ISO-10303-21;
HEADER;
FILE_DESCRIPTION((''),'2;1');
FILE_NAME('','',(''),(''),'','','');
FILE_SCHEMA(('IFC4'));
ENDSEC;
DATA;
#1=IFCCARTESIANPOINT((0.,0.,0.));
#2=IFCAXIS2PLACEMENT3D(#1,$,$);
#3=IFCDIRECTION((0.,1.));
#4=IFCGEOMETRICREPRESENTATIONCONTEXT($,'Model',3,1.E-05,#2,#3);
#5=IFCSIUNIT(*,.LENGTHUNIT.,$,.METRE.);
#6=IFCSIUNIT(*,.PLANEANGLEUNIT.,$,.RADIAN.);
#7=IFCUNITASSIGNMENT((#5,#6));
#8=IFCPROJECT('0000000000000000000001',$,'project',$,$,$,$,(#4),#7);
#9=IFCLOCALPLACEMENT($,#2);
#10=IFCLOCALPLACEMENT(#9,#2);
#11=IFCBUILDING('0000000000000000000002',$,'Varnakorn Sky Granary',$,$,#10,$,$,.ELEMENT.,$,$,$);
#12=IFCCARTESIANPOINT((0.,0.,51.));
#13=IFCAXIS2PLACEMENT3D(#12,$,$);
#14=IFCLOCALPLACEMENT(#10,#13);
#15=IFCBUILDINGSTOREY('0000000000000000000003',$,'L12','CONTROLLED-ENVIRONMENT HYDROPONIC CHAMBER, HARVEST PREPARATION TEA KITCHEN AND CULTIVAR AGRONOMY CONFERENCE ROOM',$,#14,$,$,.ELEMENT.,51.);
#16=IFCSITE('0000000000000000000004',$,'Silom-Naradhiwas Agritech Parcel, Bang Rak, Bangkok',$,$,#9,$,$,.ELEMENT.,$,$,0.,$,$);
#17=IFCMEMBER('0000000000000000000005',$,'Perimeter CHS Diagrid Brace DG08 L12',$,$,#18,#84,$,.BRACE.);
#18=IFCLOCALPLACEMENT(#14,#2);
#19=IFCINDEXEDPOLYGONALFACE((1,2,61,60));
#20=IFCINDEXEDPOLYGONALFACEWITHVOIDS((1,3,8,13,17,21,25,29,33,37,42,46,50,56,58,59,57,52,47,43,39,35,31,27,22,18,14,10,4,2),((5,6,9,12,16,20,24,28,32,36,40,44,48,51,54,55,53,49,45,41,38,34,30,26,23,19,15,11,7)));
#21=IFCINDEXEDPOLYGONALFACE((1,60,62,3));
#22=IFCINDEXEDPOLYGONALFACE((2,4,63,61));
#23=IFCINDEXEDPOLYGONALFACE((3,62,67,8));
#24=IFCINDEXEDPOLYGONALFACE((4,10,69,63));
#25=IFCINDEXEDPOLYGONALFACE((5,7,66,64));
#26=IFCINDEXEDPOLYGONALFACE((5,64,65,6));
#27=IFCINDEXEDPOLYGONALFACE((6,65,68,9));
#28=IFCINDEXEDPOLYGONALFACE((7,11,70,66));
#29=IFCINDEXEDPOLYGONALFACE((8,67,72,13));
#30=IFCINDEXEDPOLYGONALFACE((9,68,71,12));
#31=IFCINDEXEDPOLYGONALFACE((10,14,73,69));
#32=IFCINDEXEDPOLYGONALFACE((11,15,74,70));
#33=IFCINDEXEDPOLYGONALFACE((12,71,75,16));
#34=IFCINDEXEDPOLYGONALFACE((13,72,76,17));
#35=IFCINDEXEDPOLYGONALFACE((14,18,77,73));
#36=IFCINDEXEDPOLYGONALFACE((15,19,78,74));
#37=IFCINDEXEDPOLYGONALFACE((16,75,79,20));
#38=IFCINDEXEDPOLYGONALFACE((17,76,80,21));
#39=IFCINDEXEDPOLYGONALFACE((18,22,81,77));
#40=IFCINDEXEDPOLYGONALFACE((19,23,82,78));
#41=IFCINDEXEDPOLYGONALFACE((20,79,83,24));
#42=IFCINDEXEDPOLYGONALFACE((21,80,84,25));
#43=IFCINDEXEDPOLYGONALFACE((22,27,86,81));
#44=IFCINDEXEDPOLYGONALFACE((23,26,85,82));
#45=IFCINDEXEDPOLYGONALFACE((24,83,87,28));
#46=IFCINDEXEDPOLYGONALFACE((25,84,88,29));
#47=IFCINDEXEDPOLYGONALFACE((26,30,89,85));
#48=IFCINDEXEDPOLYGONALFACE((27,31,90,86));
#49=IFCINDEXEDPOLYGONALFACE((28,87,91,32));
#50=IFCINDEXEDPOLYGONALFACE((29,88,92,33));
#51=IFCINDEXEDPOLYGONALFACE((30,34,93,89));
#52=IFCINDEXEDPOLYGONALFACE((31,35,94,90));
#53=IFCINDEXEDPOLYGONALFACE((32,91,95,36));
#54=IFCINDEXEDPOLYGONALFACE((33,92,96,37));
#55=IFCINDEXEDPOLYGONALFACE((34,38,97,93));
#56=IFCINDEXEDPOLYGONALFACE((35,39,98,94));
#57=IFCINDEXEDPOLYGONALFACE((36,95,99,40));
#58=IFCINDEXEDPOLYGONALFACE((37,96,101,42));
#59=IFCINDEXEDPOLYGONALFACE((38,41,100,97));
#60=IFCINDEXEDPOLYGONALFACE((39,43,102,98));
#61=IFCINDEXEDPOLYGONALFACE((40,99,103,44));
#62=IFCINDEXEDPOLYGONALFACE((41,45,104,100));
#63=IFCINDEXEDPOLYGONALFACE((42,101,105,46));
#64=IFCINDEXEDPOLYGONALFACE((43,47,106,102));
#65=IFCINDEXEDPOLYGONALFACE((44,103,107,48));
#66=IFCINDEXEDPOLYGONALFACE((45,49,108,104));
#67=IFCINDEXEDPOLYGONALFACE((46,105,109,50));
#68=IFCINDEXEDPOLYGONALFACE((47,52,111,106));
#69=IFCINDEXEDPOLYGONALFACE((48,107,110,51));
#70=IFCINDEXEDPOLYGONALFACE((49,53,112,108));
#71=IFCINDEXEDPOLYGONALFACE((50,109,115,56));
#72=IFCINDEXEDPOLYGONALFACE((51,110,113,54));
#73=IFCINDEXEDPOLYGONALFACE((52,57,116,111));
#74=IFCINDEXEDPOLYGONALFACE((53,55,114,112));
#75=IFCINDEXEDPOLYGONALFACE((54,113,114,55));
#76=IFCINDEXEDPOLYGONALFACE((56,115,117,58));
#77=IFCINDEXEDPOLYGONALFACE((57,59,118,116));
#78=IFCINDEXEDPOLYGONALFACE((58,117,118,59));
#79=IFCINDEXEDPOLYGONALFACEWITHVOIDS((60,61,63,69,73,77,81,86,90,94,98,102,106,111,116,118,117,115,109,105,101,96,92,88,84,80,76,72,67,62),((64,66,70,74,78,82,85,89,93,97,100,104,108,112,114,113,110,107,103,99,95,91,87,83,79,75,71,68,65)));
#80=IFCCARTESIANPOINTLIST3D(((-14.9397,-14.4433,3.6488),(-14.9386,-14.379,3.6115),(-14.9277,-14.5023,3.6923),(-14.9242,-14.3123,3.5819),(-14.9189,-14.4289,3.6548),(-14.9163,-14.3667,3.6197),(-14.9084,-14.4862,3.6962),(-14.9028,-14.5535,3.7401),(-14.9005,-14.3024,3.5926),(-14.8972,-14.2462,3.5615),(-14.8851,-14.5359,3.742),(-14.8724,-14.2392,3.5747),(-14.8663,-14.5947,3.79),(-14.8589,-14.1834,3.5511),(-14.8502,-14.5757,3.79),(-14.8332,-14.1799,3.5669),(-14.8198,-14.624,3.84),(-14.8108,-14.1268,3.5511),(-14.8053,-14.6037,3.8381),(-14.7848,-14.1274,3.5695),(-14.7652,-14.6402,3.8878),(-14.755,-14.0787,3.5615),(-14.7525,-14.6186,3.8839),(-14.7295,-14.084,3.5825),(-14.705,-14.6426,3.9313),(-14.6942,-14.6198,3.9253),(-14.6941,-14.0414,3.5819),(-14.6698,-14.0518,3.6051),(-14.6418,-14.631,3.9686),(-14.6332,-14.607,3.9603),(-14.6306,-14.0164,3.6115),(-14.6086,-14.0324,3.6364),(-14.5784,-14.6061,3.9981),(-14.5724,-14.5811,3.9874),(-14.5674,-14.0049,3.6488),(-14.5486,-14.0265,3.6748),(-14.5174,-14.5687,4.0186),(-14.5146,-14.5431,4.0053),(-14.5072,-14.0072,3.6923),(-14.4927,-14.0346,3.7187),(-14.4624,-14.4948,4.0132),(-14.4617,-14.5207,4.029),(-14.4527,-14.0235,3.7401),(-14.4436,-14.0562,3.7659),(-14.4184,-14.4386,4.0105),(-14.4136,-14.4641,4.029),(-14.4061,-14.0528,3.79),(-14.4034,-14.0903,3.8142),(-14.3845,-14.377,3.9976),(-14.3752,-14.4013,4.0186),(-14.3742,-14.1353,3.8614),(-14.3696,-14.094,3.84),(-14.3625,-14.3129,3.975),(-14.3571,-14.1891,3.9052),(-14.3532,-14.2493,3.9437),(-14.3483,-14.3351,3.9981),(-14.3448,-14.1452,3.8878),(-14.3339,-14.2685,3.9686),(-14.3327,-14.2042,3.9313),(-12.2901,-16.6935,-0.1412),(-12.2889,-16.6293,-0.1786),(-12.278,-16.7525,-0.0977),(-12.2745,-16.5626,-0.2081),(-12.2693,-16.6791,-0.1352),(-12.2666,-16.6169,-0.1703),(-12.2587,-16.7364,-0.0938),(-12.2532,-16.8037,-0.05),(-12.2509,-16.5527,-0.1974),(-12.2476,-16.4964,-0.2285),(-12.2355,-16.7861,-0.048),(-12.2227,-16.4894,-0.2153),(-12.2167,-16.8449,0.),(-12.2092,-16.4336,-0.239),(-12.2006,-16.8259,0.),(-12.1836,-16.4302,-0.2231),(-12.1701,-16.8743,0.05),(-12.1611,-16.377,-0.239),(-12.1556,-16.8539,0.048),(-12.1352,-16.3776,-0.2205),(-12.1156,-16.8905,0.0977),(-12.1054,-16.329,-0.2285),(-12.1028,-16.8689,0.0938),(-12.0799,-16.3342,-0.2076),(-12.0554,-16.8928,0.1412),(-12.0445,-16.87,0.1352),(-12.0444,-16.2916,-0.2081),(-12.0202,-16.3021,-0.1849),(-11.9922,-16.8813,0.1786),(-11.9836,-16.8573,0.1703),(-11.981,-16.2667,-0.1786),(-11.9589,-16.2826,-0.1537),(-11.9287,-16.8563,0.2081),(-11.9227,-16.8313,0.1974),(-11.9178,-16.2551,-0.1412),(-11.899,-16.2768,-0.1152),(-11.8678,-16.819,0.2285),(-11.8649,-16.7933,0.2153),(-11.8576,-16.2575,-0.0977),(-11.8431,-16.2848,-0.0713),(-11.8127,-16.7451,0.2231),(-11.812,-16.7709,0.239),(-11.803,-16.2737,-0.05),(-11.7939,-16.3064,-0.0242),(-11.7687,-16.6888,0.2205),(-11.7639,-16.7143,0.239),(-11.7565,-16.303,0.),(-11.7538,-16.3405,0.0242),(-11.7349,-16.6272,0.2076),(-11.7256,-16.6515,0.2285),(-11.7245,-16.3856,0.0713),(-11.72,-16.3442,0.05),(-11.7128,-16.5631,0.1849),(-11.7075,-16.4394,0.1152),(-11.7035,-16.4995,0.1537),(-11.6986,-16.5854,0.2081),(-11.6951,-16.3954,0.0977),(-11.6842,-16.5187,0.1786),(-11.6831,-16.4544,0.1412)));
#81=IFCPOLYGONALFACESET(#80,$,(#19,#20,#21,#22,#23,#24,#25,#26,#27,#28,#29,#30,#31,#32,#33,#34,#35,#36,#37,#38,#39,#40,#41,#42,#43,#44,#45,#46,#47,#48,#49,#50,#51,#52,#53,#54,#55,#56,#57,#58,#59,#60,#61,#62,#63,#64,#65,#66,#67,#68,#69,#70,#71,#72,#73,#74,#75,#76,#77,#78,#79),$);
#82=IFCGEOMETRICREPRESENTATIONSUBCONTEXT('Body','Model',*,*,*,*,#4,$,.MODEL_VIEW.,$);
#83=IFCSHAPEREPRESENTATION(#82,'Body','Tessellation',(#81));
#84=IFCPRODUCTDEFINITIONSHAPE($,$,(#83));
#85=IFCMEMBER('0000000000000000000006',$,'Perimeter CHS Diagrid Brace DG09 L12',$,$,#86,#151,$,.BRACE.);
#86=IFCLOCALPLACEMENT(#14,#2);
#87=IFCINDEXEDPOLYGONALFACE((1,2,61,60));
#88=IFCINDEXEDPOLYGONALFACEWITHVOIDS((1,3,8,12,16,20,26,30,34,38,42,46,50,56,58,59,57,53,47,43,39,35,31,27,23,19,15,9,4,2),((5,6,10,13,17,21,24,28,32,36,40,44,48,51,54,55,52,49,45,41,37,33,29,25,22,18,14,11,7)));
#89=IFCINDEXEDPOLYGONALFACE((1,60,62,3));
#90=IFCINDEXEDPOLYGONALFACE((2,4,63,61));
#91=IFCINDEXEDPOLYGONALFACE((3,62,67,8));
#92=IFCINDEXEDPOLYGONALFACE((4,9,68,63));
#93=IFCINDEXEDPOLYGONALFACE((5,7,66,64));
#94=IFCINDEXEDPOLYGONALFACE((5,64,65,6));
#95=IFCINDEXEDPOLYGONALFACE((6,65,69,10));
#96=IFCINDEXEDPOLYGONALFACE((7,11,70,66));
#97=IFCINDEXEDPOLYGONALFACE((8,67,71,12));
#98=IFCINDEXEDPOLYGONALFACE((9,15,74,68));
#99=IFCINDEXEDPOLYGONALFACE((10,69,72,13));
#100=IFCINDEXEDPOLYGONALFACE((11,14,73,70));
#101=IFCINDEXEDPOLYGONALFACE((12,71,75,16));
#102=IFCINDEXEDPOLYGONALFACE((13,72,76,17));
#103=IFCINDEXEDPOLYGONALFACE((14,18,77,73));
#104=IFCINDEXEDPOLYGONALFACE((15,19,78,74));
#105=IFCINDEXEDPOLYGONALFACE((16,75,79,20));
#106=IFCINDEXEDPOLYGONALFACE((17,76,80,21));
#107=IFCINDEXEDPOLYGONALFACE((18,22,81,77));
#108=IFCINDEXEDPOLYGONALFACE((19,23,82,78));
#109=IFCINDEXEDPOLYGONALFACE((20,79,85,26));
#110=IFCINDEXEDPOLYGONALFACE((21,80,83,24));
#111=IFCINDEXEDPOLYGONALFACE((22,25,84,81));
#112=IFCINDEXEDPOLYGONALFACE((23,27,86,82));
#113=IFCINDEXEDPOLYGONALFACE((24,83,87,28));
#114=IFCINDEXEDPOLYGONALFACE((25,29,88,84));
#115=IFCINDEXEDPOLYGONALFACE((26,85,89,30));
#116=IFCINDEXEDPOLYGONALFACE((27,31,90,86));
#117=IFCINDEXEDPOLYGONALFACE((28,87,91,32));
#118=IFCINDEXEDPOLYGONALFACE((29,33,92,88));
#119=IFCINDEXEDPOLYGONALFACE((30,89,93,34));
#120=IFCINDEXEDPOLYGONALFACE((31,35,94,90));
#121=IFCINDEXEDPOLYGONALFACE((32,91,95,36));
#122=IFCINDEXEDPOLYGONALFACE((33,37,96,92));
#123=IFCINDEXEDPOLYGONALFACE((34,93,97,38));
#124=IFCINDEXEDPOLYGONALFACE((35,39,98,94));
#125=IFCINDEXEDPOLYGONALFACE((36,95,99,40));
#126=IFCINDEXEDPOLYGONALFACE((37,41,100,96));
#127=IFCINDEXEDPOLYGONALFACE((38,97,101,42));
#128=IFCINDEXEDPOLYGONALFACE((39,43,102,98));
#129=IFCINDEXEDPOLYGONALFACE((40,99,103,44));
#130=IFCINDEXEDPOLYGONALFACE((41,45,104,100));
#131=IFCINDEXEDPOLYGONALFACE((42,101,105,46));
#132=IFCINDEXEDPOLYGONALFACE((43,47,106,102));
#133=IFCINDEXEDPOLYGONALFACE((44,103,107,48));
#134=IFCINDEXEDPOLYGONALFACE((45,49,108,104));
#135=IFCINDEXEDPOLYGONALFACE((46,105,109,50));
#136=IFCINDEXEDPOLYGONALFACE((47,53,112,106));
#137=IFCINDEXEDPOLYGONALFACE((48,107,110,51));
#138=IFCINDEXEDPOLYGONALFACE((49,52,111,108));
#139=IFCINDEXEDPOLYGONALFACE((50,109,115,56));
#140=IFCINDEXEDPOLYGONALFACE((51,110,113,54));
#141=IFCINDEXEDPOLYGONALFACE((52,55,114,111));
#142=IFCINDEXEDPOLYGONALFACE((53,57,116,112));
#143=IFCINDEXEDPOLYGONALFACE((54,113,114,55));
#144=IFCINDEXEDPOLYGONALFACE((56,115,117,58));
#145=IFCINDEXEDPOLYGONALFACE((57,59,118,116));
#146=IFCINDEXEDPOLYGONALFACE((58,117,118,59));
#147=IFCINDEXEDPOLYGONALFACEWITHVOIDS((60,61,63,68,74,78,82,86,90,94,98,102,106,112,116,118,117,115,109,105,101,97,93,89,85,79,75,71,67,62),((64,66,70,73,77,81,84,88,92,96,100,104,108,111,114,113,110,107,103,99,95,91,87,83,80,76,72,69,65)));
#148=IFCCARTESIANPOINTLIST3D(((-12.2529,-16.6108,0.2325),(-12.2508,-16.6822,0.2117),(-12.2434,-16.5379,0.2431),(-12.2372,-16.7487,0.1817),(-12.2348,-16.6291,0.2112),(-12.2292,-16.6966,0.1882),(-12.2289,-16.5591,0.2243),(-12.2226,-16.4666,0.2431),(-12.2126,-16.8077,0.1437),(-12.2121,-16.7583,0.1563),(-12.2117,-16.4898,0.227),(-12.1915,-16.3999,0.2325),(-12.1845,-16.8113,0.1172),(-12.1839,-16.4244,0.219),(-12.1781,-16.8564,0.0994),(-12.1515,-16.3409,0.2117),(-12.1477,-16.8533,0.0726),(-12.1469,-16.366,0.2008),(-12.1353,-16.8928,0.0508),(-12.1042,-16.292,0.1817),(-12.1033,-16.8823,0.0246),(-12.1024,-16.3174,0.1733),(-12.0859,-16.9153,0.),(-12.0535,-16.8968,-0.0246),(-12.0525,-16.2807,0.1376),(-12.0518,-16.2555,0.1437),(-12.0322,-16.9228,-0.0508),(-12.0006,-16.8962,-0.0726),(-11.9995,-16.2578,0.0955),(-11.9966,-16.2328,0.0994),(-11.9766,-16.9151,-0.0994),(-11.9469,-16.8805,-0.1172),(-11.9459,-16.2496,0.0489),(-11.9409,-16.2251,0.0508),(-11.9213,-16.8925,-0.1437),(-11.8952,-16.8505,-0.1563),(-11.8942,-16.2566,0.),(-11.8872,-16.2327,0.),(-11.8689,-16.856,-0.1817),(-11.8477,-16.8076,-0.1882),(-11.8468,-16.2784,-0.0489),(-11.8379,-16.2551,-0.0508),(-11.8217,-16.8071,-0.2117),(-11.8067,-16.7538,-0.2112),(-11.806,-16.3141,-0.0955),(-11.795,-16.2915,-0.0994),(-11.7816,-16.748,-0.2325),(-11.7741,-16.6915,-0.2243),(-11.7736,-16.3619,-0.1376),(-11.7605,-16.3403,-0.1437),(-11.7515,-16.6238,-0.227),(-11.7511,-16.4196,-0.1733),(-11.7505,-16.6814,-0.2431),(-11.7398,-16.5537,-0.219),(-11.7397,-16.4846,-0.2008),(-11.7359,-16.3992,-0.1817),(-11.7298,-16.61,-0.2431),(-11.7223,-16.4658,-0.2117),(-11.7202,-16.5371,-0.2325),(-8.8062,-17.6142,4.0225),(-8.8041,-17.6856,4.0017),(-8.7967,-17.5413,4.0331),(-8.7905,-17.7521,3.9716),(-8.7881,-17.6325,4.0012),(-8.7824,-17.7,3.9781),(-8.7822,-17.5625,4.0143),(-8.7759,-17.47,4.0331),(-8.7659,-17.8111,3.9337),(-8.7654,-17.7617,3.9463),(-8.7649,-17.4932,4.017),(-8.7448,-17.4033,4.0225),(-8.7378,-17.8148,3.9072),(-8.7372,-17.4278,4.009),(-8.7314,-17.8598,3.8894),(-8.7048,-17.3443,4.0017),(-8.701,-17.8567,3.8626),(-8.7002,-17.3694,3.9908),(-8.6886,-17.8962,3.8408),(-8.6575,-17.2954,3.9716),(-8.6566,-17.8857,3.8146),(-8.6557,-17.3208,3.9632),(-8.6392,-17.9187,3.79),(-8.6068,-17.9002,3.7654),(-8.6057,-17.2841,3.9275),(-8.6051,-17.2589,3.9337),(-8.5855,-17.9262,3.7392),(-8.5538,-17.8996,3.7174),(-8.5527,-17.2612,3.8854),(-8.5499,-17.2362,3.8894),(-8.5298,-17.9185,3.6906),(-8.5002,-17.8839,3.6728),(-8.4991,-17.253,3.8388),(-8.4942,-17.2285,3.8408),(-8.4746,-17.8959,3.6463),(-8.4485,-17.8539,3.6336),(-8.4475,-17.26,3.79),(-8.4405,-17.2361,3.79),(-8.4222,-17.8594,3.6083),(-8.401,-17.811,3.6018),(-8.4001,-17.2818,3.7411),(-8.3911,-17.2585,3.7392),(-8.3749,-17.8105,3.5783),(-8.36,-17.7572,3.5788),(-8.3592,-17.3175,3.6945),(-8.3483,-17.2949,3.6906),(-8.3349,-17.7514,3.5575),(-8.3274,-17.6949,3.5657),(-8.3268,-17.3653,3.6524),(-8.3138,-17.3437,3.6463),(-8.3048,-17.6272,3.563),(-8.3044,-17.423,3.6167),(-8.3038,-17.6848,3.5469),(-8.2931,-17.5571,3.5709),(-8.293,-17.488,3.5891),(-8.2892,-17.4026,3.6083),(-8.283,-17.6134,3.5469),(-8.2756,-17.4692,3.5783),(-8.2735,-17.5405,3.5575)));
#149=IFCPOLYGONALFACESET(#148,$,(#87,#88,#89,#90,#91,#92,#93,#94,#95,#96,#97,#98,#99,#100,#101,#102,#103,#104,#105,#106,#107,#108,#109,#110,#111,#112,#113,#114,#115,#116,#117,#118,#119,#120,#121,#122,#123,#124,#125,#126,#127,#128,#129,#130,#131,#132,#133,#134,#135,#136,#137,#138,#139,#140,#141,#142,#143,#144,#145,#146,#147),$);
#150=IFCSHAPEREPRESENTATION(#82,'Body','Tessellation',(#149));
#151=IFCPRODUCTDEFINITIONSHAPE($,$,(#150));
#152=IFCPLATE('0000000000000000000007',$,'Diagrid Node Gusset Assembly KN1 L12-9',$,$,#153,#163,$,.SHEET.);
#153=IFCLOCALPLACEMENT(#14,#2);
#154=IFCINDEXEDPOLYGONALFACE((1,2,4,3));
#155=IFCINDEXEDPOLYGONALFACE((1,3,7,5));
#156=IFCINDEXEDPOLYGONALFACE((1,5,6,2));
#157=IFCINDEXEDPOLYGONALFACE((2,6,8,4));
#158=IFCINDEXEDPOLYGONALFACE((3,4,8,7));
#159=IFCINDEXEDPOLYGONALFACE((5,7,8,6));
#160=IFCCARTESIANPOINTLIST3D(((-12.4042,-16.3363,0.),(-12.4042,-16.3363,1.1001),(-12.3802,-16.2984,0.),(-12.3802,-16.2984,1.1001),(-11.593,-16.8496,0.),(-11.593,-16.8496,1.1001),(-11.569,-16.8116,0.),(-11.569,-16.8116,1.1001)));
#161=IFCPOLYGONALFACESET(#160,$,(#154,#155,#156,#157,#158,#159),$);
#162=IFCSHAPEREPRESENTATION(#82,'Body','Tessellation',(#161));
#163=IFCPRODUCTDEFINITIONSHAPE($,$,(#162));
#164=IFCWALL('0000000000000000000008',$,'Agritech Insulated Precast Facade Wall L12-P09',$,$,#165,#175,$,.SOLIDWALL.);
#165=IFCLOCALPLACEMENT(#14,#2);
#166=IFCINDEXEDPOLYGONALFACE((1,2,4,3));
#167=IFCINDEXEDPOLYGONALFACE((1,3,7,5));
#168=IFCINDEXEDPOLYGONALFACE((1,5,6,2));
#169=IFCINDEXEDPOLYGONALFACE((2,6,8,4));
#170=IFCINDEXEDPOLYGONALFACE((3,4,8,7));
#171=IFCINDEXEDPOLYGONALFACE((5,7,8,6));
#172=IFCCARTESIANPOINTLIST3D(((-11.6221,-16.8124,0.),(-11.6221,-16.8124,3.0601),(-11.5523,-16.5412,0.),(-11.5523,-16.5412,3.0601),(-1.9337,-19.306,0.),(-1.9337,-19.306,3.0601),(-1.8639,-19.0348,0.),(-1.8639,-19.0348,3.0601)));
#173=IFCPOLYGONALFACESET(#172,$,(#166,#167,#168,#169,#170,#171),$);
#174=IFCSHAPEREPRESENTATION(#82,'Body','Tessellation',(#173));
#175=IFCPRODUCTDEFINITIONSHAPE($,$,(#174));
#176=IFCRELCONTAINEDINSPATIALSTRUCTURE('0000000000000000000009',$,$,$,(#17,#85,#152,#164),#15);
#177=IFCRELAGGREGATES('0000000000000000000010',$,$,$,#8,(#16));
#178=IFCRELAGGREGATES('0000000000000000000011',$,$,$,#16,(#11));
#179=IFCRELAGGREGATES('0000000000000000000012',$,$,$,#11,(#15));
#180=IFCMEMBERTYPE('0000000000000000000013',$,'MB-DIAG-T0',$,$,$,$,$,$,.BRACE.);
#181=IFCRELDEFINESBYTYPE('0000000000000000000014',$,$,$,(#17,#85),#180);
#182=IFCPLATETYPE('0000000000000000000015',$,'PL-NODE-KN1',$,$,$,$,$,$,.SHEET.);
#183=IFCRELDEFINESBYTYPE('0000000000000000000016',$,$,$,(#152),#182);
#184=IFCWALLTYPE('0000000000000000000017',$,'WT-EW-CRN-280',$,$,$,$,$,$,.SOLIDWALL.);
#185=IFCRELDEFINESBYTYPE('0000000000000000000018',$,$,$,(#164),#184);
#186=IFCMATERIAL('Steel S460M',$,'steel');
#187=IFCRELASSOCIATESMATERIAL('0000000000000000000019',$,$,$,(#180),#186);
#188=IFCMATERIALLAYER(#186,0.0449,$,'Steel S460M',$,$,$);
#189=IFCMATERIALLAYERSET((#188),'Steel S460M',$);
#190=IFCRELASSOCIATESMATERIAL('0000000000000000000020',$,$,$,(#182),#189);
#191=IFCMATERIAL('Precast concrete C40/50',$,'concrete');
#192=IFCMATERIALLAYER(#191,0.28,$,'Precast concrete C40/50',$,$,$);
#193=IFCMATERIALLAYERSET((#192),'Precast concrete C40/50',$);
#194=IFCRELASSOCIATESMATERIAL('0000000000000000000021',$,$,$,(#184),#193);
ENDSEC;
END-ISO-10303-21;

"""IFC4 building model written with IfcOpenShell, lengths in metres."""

from ifc_helpers import new_model, si_unit, direction, frame, frame_2d, origin, origin_2d, place, context, subcontext, project, spatial, rectangle, hollow_circle, extrude, material, layer, layer_set, material_profile, profile_set, type_object, element, save


model = new_model("IFC4")

# Units and contexts
model_context = context("Model", 3, precision=1e-05, world=origin(), true_north=direction((0.0, 1.0)))
body_context = subcontext(model_context, "Body", "Model", "MODEL_VIEW")
ifc_project = project(units=[si_unit("LENGTHUNIT", "METRE"), si_unit("PLANEANGLEUNIT", "RADIAN")], contexts=[model_context])

# Site, building, storey
site_placement = place(None, origin())
site = spatial("IfcSite", under=ifc_project, at=site_placement, Name="Silom-Naradhiwas Agritech Parcel, Bang Rak, Bangkok", CompositionType="ELEMENT", RefElevation=0.0)
building_placement = place(site_placement, origin())
building = spatial("IfcBuilding", under=site, at=building_placement, Name="Varnakorn Sky Granary", CompositionType="ELEMENT")
storey_placement = place(building_placement, frame((0.0, 0.0, 51.0)))
storey = spatial("IfcBuildingStorey", under=building, at=storey_placement, Name="L12", Description="CONTROLLED-ENVIRONMENT HYDROPONIC CHAMBER, HARVEST PREPARATION TEA KITCHEN AND CULTIVAR AGRONOMY CONFERENCE ROOM", CompositionType="ELEMENT", Elevation=51.0)

# Shared definitions
ifc_material_1 = material(Name="Steel S460M", Category="steel")

# Members
ifc_material_profile_1 = material_profile(ifc_material_1, hollow_circle(Radius=0.3555, WallThickness=0.0249, at=origin_2d()), Name="CHS 711x25")
ifc_profile_set_1 = profile_set([ifc_material_profile_1], Name="Steel S460M")
member_type_1 = type_object("IfcMemberType", Name="MB-DIAG-T0", PredefinedType="BRACE", material=ifc_profile_set_1)
member_1_placement = place(storey_placement, frame((-11.9866, -16.574, 0.0), z_axis=(-0.515214, 0.43755, 0.736956), x_axis=(-0.64732, -0.762218, 0.0)))
element("IfcMember", 1, at=member_1_placement, inside=storey, type_object=member_type_1, Name="Perimeter CHS Diagrid Brace DG08 L12", PredefinedType="BRACE", context=body_context, shape_type="SweptSolid", body=[
    extrude(hollow_circle(Radius=0.3555, WallThickness=0.0249, at=origin_2d()), origin(), (0.0, 0.0, 1.0), 5.1428),
])
member_2_placement = place(storey_placement, frame((-11.9866, -16.574, 0.0), z_axis=(0.660264, -0.192215, 0.72602), x_axis=(0.279514, 0.960142, 0.0)))
element("IfcMember", 2, at=member_2_placement, inside=storey, type_object=member_type_1, Name="Perimeter CHS Diagrid Brace DG09 L12", PredefinedType="BRACE", context=body_context, shape_type="SweptSolid", body=[
    extrude(hollow_circle(Radius=0.3555, WallThickness=0.0249, at=origin_2d()), origin(), (0.0, 0.0, 1.0), 5.2202),
])

# Plate
ifc_layer_1 = layer(ifc_material_1, 0.0449, Name="Steel S460M")
ifc_layer_set_1 = layer_set([ifc_layer_1], Name="Steel S460M")
plate_type = type_object("IfcPlateType", Name="PL-NODE-KN1", PredefinedType="SHEET", material=ifc_layer_set_1)
plate_placement = place(storey_placement, frame((-11.9866, -16.574, 0.0), z_axis=(0.0, 0.0, 1.0), x_axis=(0.845058, -0.534675, 0.0)))
element("IfcPlate", 3, at=plate_placement, inside=storey, type_object=plate_type, Name="Diagrid Node Gusset Assembly KN1 L12-9", PredefinedType="SHEET", context=body_context, shape_type="SweptSolid", body=[
    extrude(rectangle(XDim=0.96, YDim=0.0449, at=origin_2d()), origin(), (0.0, 0.0, 1.0), 1.1001),
])

# Wall
ifc_material_2 = material(Name="Precast concrete C40/50", Category="concrete")
ifc_layer_2 = layer(ifc_material_2, 0.28, Name="Precast concrete C40/50")
ifc_layer_set_2 = layer_set([ifc_layer_2], Name="Precast concrete C40/50")
wall_type_1 = type_object("IfcWallType", Name="WT-EW-CRN-280", PredefinedType="SOLIDWALL", material=ifc_layer_set_2)
wall_1_placement = place(storey_placement, frame((-1.8989, -19.1704, 0.0), z_axis=(0.0, 0.0, 1.0), x_axis=(-0.968437, 0.249259, 0.0)))
element("IfcWall", 4, at=wall_1_placement, inside=storey, type_object=wall_type_1, Name="Agritech Insulated Precast Facade Wall L12-P09", PredefinedType="SOLIDWALL", context=body_context, shape_type="SweptSolid", body=[
    extrude(rectangle(XDim=10.0042, YDim=0.28, at=frame_2d((5.002, 0.0))), origin(), (0.0, 0.0, 1.0), 3.0601),
])

save(model, "model.ifc")
